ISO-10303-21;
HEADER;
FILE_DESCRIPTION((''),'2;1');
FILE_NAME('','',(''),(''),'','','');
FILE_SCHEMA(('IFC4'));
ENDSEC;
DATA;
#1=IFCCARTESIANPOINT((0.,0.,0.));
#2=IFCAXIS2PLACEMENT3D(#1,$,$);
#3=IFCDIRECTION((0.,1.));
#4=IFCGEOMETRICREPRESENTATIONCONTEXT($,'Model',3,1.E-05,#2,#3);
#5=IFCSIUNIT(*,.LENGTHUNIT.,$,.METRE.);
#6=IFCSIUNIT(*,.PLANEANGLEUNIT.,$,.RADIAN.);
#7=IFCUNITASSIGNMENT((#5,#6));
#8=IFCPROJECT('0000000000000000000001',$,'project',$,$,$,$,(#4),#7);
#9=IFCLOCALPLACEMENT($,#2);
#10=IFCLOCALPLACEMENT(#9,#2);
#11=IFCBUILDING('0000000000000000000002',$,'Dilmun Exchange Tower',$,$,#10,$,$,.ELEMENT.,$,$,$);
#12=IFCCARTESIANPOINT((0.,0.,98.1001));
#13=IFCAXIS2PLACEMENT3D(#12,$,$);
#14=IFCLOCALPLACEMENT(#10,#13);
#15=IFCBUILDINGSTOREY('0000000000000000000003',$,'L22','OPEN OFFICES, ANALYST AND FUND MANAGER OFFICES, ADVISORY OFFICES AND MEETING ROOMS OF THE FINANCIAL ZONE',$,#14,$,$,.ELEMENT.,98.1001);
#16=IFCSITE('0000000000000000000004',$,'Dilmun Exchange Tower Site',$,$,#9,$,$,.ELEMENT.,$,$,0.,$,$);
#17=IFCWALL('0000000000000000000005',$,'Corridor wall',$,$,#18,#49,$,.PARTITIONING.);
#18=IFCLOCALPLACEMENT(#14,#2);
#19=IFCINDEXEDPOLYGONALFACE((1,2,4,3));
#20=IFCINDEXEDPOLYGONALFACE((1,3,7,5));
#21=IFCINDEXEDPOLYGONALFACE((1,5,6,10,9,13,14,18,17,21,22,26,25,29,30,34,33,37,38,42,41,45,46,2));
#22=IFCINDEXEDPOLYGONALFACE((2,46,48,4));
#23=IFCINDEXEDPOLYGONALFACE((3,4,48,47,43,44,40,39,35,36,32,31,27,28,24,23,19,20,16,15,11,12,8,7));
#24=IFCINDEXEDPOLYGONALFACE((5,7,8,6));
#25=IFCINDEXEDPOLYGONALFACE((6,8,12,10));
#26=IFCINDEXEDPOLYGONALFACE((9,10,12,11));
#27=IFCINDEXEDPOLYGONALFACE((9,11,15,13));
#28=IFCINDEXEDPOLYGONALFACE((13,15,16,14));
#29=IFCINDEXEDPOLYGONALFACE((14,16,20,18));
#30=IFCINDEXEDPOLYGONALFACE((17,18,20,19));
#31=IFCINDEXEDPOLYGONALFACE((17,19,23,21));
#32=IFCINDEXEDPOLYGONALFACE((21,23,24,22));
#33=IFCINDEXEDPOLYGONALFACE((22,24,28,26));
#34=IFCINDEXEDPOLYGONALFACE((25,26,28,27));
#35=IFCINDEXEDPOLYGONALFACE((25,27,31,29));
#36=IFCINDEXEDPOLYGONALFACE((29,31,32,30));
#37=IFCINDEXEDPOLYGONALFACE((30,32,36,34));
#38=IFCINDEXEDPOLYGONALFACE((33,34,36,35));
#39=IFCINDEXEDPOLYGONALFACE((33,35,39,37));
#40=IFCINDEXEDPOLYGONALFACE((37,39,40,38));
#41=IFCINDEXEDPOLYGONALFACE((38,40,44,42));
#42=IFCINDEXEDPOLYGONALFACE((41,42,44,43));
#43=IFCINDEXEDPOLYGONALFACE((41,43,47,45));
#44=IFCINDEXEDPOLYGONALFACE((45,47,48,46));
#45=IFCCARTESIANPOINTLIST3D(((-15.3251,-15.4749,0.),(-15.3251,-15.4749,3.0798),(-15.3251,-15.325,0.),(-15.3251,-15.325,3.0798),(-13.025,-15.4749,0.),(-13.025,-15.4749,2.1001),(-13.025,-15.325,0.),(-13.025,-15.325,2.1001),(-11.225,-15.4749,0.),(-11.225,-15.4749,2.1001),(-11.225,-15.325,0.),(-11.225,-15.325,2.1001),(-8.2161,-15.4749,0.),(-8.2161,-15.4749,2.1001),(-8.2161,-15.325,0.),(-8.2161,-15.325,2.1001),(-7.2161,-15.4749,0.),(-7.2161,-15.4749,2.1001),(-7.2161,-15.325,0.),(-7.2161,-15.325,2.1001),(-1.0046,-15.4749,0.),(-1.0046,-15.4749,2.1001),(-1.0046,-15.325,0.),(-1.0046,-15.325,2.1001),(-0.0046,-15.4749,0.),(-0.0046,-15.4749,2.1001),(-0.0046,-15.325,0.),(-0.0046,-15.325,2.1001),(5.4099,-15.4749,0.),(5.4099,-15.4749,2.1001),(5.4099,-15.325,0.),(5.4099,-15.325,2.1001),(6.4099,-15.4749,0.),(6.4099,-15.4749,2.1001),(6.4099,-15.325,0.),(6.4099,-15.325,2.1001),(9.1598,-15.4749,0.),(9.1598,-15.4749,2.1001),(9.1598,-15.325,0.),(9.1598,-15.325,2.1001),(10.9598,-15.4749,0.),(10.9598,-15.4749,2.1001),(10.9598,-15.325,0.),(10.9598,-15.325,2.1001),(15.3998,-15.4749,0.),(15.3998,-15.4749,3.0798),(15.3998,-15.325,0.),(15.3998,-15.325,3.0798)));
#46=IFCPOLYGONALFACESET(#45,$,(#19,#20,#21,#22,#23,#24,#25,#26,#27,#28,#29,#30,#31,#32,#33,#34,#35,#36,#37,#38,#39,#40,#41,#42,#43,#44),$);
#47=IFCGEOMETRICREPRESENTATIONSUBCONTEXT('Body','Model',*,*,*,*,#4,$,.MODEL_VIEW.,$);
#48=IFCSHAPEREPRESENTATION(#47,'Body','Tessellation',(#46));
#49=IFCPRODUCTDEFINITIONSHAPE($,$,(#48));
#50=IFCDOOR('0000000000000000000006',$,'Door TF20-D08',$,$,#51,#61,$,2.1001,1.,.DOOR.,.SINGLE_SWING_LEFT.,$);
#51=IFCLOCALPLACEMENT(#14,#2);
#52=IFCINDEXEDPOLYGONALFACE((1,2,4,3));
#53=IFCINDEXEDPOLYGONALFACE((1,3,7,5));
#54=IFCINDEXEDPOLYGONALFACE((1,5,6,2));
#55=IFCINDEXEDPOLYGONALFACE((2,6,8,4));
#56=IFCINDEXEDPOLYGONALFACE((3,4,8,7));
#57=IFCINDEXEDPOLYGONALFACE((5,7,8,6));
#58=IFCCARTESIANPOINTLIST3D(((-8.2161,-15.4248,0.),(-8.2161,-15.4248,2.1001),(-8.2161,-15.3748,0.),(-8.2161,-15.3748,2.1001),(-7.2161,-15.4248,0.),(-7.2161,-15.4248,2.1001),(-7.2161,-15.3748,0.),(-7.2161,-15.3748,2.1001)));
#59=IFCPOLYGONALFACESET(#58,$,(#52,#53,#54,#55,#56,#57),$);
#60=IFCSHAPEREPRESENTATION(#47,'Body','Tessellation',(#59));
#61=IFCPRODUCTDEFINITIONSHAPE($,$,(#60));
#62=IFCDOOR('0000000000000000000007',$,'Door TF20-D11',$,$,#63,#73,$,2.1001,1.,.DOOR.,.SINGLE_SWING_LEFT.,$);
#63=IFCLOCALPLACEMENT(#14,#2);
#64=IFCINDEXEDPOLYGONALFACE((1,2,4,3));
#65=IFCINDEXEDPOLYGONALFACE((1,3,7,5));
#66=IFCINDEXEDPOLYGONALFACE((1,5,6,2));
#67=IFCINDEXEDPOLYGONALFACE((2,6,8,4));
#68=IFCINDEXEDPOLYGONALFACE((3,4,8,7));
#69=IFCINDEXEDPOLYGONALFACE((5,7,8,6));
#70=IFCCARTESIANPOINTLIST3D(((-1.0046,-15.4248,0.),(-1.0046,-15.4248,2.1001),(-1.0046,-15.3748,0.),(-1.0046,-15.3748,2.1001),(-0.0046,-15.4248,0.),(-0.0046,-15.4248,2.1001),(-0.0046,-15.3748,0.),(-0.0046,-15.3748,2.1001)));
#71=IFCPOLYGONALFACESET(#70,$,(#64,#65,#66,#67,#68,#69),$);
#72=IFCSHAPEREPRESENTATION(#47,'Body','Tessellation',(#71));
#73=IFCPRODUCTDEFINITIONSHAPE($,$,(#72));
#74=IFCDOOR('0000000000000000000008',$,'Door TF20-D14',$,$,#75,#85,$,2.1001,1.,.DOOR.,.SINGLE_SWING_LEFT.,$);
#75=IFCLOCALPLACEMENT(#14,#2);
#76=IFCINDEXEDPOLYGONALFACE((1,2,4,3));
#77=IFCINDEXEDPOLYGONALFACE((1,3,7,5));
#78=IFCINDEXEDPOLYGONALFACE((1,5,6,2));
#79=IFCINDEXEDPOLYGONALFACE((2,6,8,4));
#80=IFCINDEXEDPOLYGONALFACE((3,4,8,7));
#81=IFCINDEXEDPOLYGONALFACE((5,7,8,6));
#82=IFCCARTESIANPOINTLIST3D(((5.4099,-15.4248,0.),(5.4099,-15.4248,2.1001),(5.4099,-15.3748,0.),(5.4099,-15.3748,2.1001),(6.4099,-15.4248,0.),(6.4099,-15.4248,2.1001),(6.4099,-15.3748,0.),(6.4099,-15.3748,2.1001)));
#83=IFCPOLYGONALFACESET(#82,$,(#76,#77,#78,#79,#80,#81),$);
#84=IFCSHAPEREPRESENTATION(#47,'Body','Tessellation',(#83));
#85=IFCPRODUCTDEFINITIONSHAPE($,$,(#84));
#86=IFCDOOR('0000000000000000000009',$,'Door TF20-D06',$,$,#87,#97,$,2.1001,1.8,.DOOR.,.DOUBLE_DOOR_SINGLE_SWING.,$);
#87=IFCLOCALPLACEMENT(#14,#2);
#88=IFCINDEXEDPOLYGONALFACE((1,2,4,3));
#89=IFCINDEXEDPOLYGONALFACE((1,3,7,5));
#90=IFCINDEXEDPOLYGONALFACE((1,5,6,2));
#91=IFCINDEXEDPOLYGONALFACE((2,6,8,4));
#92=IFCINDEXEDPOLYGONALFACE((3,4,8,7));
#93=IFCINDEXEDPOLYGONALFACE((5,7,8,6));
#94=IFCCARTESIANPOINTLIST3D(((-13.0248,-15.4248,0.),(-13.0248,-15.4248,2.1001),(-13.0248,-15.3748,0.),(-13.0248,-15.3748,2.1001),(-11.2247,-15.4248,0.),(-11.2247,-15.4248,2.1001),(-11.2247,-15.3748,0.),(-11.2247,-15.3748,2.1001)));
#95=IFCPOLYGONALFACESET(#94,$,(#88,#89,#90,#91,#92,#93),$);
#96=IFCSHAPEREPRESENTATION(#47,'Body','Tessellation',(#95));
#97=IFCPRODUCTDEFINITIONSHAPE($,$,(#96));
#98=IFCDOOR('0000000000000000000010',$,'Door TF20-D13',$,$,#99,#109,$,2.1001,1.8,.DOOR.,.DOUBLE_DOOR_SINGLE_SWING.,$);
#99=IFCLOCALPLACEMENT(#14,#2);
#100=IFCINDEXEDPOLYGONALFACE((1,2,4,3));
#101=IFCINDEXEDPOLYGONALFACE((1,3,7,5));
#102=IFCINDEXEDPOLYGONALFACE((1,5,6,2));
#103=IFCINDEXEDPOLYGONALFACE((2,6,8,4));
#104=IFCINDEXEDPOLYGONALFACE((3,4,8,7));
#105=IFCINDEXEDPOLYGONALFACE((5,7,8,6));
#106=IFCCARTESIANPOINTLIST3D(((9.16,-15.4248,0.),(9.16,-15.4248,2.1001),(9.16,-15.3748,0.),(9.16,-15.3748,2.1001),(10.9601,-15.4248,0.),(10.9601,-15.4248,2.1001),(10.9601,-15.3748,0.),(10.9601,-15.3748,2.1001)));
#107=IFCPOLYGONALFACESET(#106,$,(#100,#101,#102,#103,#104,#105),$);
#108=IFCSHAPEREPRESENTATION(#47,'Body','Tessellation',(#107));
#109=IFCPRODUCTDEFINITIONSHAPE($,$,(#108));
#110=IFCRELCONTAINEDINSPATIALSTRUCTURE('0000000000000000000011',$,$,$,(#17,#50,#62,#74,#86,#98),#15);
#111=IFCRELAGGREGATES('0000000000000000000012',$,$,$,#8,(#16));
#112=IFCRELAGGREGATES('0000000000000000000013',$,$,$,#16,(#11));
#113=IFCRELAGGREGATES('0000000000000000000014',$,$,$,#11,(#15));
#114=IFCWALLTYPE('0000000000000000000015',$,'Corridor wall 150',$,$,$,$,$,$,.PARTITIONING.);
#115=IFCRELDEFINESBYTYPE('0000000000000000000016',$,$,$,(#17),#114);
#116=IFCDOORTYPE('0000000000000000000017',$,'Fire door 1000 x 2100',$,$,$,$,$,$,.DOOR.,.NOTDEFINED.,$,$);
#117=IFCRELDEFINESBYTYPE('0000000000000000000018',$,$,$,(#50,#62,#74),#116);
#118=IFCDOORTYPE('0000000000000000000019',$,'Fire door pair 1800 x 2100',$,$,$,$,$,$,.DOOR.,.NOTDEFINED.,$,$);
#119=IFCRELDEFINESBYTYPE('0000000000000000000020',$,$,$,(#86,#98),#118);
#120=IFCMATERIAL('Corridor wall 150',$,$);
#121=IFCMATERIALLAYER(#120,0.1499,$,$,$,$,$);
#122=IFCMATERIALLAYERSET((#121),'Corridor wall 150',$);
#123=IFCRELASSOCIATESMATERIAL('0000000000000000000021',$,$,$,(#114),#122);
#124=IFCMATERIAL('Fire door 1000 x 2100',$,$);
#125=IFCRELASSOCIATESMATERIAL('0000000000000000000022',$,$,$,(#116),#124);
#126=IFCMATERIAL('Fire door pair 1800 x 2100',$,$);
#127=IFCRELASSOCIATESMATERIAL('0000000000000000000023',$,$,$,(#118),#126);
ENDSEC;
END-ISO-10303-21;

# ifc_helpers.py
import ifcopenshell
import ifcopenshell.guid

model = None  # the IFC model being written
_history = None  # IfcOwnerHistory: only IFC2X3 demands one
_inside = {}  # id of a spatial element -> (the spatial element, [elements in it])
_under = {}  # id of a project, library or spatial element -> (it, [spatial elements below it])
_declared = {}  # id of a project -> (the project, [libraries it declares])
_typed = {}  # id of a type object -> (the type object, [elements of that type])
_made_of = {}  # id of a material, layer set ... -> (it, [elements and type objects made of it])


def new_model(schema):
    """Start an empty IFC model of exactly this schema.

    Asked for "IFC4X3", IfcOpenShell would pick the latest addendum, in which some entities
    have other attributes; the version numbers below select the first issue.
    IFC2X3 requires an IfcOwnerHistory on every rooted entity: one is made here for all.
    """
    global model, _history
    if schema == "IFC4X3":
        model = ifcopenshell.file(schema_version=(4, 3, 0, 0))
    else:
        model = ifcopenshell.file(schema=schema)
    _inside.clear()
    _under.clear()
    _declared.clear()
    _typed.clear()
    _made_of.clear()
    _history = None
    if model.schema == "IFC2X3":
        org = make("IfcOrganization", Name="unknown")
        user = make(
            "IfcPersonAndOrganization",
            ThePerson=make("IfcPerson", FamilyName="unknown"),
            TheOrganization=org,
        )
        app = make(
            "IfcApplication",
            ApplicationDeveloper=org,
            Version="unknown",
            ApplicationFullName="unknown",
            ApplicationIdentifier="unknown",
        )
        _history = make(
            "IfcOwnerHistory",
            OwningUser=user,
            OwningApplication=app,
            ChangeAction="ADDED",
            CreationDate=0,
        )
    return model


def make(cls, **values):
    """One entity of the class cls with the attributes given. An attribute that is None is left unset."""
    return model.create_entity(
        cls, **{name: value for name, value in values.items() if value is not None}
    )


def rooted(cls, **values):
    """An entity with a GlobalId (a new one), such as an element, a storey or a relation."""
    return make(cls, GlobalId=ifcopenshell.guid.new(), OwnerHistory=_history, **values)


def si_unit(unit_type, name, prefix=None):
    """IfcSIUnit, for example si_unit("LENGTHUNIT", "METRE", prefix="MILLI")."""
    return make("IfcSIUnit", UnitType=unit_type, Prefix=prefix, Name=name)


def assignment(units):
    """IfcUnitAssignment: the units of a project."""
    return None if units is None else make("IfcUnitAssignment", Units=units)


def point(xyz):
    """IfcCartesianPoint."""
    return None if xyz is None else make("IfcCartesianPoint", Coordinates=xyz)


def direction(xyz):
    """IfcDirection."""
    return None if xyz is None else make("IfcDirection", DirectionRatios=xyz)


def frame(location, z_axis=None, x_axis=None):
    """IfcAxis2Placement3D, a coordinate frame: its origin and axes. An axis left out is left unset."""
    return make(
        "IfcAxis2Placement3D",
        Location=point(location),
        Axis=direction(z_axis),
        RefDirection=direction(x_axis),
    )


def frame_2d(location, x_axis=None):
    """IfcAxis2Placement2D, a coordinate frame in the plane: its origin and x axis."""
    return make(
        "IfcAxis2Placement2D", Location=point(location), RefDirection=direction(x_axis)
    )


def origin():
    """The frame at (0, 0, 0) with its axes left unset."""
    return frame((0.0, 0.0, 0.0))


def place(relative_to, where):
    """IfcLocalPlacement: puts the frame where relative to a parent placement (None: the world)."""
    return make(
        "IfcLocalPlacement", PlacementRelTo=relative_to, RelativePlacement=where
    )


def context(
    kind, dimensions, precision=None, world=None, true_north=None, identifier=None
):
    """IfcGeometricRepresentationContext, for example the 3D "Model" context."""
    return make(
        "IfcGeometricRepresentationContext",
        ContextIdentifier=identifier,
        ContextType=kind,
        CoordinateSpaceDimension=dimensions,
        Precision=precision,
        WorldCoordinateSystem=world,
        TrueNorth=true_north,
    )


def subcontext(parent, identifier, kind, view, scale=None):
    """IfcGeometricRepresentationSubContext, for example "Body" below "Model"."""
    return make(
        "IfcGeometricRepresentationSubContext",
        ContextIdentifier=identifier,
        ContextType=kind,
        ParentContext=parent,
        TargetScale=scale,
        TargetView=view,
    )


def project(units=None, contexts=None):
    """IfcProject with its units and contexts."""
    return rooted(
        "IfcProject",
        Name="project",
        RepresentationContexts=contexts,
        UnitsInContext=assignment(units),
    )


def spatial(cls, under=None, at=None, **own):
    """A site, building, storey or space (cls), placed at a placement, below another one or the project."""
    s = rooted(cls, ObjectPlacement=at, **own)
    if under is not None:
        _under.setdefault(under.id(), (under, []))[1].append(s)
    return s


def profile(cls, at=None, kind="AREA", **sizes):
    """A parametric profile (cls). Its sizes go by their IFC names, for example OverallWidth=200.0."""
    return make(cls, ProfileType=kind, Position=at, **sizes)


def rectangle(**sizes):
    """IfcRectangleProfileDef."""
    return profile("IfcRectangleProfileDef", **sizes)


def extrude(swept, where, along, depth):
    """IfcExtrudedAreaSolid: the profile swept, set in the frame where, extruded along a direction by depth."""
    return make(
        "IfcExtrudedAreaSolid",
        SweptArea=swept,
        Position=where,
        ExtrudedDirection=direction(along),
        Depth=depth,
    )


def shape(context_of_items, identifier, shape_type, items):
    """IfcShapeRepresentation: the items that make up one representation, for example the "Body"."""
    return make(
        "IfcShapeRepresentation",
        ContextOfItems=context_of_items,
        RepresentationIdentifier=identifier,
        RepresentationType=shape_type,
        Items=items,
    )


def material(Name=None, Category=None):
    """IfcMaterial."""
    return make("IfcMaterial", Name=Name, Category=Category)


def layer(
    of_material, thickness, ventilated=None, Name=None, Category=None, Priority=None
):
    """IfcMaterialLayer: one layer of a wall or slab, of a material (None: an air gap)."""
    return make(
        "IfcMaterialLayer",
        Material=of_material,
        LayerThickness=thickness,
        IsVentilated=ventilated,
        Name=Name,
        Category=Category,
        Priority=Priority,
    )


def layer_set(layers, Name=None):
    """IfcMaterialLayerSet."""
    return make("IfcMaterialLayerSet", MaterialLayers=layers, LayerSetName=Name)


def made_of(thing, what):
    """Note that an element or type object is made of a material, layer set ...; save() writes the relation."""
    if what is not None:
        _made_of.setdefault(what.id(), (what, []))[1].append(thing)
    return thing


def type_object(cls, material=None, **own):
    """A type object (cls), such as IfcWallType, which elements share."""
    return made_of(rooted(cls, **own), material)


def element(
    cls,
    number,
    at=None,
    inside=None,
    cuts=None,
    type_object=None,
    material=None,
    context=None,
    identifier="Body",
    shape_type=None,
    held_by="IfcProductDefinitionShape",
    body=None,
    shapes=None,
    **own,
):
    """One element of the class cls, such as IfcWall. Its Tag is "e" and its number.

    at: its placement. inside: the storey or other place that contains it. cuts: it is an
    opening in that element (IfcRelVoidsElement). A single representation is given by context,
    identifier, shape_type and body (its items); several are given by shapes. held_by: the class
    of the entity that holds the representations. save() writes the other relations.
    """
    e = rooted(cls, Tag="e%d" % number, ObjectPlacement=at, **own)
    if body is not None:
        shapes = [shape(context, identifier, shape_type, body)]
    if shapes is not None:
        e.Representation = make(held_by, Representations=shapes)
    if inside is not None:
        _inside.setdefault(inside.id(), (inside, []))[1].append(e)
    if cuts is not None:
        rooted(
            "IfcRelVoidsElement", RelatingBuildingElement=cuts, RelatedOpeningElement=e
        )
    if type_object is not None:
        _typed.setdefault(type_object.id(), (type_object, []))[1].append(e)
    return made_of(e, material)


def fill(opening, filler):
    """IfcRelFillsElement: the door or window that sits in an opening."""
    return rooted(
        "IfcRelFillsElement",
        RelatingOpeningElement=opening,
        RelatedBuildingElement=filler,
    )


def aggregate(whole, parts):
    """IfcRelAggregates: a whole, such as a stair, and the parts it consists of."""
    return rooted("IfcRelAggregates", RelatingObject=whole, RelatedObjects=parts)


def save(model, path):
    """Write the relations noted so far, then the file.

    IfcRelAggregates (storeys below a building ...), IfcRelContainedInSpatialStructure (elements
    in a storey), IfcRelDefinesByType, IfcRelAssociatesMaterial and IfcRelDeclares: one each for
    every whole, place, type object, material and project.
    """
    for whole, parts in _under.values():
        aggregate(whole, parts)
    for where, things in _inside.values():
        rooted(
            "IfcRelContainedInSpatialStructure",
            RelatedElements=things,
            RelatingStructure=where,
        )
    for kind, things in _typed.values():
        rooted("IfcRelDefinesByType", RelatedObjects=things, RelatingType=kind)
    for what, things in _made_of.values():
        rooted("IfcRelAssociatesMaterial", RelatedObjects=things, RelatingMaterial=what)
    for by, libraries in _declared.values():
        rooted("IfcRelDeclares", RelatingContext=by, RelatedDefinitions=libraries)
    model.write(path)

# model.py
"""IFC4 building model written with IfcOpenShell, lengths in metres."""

from ifc_helpers import new_model, si_unit, direction, frame, frame_2d, origin, place, context, subcontext, project, spatial, rectangle, extrude, material, layer, layer_set, type_object, element, fill, save


model = new_model("IFC4")

# Units and contexts
model_context = context("Model", 3, precision=1e-05, world=origin(), true_north=direction((0.0, 1.0)))
body_context = subcontext(model_context, "Body", "Model", "MODEL_VIEW")
ifc_project = project(units=[si_unit("LENGTHUNIT", "METRE"), si_unit("PLANEANGLEUNIT", "RADIAN")], contexts=[model_context])

# Site, building, storey
site_placement = place(None, origin())
site = spatial("IfcSite", under=ifc_project, at=site_placement, Name="Dilmun Exchange Tower Site", CompositionType="ELEMENT", RefElevation=0.0)
building_placement = place(site_placement, origin())
building = spatial("IfcBuilding", under=site, at=building_placement, Name="Dilmun Exchange Tower", CompositionType="ELEMENT")
storey_placement = place(building_placement, frame((0.0, 0.0, 98.1001)))
storey = spatial("IfcBuildingStorey", under=building, at=storey_placement, Name="L22", Description="OPEN OFFICES, ANALYST AND FUND MANAGER OFFICES, ADVISORY OFFICES AND MEETING ROOMS OF THE FINANCIAL ZONE", CompositionType="ELEMENT", Elevation=98.1001)

# Wall, openings, doors
ifc_material_1 = material(Name="Corridor wall 150")
ifc_layer = layer(ifc_material_1, 0.1499)
ifc_layer_set = layer_set([ifc_layer], Name="Corridor wall 150")
wall_type = type_object("IfcWallType", Name="Corridor wall 150", PredefinedType="PARTITIONING", material=ifc_layer_set)
ifc_material_2 = material(Name="Fire door 1000 x 2100")
door_type_1 = type_object("IfcDoorType", Name="Fire door 1000 x 2100", OperationType="NOTDEFINED", PredefinedType="DOOR", material=ifc_material_2)
ifc_material_3 = material(Name="Fire door pair 1800 x 2100")
door_type_2 = type_object("IfcDoorType", Name="Fire door pair 1800 x 2100", OperationType="NOTDEFINED", PredefinedType="DOOR", material=ifc_material_3)
wall_1_placement = place(storey_placement, frame((-15.325, -15.3999, 0.0), z_axis=(0.0, 0.0, 1.0), x_axis=(1.0, 0.0, 0.0)))
wall_1 = element("IfcWall", 1, at=wall_1_placement, inside=storey, type_object=wall_type, Name="Corridor wall", PredefinedType="PARTITIONING", context=body_context, shape_type="SweptSolid", body=[
    extrude(rectangle(XDim=30.7249, YDim=0.1499, at=frame_2d((15.3623, 0.0))), origin(), (0.0, 0.0, 1.0), 3.0798),
])
opening_1_placement = place(wall_1_placement, frame((2.3, 0.0, 0.0)))
opening_1 = element("IfcOpeningElement", 2, at=opening_1_placement, cuts=wall_1, PredefinedType="OPENING", context=body_context, shape_type="SweptSolid", body=[
    extrude(rectangle(XDim=1.8, YDim=2.1001, at=frame_2d((0.8999, 1.05))), frame((0.0, 0.085, 0.0), z_axis=(0.0, -1.0, 0.0), x_axis=(1.0, 0.0, 0.0)), (0.0, 0.0, 1.0), 0.1699),
])
opening_2_placement = place(wall_1_placement, frame((7.1089, 0.0, 0.0)))
opening_2 = element("IfcOpeningElement", 3, at=opening_2_placement, cuts=wall_1, PredefinedType="OPENING", context=body_context, shape_type="SweptSolid", body=[
    extrude(rectangle(XDim=1.0, YDim=2.1001, at=frame_2d((0.5, 1.05))), frame((0.0, 0.085, 0.0), z_axis=(0.0, -1.0, 0.0), x_axis=(1.0, 0.0, 0.0)), (0.0, 0.0, 1.0), 0.1699),
])
opening_3_placement = place(wall_1_placement, frame((14.3203, 0.0, 0.0)))
opening_3 = element("IfcOpeningElement", 4, at=opening_3_placement, cuts=wall_1, PredefinedType="OPENING", context=body_context, shape_type="SweptSolid", body=[
    extrude(rectangle(XDim=1.0, YDim=2.1001, at=frame_2d((0.5, 1.05))), frame((0.0, 0.085, 0.0), z_axis=(0.0, -1.0, 0.0), x_axis=(1.0, 0.0, 0.0)), (0.0, 0.0, 1.0), 0.1699),
])
opening_4_placement = place(wall_1_placement, frame((24.4849, 0.0, 0.0)))
opening_4 = element("IfcOpeningElement", 5, at=opening_4_placement, cuts=wall_1, PredefinedType="OPENING", context=body_context, shape_type="SweptSolid", body=[
    extrude(rectangle(XDim=1.8, YDim=2.1001, at=frame_2d((0.8999, 1.05))), frame((0.0, 0.085, 0.0), z_axis=(0.0, -1.0, 0.0), x_axis=(1.0, 0.0, 0.0)), (0.0, 0.0, 1.0), 0.1699),
])
opening_5_placement = place(wall_1_placement, frame((20.7349, 0.0, 0.0)))
opening_5 = element("IfcOpeningElement", 6, at=opening_5_placement, cuts=wall_1, PredefinedType="OPENING", context=body_context, shape_type="SweptSolid", body=[
    extrude(rectangle(XDim=1.0, YDim=2.1001, at=frame_2d((0.5, 1.05))), frame((0.0, 0.085, 0.0), z_axis=(0.0, -1.0, 0.0), x_axis=(1.0, 0.0, 0.0)), (0.0, 0.0, 1.0), 0.1699),
])
door_1_placement = place(opening_2_placement, frame((1.0, 0.0, 0.0), z_axis=(0.0, 0.0, 1.0), x_axis=(-1.0, 0.0, 0.0)))
door_1 = element("IfcDoor", 7, at=door_1_placement, inside=storey, type_object=door_type_1, Name="Door TF20-D08", OperationType="SINGLE_SWING_LEFT", OverallHeight=2.1001, OverallWidth=1.0, PredefinedType="DOOR", context=body_context, shape_type="SweptSolid", body=[
    extrude(rectangle(XDim=1.0, YDim=2.1001, at=frame_2d((0.5, 1.05))), frame((0.0, 0.0249, 0.0), z_axis=(0.0, -1.0, 0.0), x_axis=(1.0, 0.0, 0.0)), (0.0, 0.0, 1.0), 0.05),
])
fill(opening_2, door_1)
door_2_placement = place(opening_3_placement, frame((1.0, 0.0, 0.0), z_axis=(0.0, 0.0, 1.0), x_axis=(-1.0, 0.0, 0.0)))
door_2 = element("IfcDoor", 8, at=door_2_placement, inside=storey, type_object=door_type_1, Name="Door TF20-D11", OperationType="SINGLE_SWING_LEFT", OverallHeight=2.1001, OverallWidth=1.0, PredefinedType="DOOR", context=body_context, shape_type="SweptSolid", body=[
    extrude(rectangle(XDim=1.0, YDim=2.1001, at=frame_2d((0.5, 1.05))), frame((0.0, 0.0249, 0.0), z_axis=(0.0, -1.0, 0.0), x_axis=(1.0, 0.0, 0.0)), (0.0, 0.0, 1.0), 0.05),
])
fill(opening_3, door_2)
door_3_placement = place(opening_5_placement, frame((1.0, 0.0, 0.0), z_axis=(0.0, 0.0, 1.0), x_axis=(-1.0, 0.0, 0.0)))
door_3 = element("IfcDoor", 9, at=door_3_placement, inside=storey, type_object=door_type_1, Name="Door TF20-D14", OperationType="SINGLE_SWING_LEFT", OverallHeight=2.1001, OverallWidth=1.0, PredefinedType="DOOR", context=body_context, shape_type="SweptSolid", body=[
    extrude(rectangle(XDim=1.0, YDim=2.1001, at=frame_2d((0.5, 1.05))), frame((0.0, 0.0249, 0.0), z_axis=(0.0, -1.0, 0.0), x_axis=(1.0, 0.0, 0.0)), (0.0, 0.0, 1.0), 0.05),
])
fill(opening_5, door_3)
door_4_placement = place(opening_1_placement, frame((1.8, 0.0, 0.0), z_axis=(0.0, 0.0, 1.0), x_axis=(-1.0, 0.0, 0.0)))
door_4 = element("IfcDoor", 10, at=door_4_placement, inside=storey, type_object=door_type_2, Name="Door TF20-D06", OperationType="DOUBLE_DOOR_SINGLE_SWING", OverallHeight=2.1001, OverallWidth=1.8, PredefinedType="DOOR", context=body_context, shape_type="SweptSolid", body=[
    extrude(rectangle(XDim=1.8, YDim=2.1001, at=frame_2d((0.8999, 1.05))), frame((0.0, 0.0249, 0.0), z_axis=(0.0, -1.0, 0.0), x_axis=(1.0, 0.0, 0.0)), (0.0, 0.0, 1.0), 0.05),
])
fill(opening_1, door_4)
door_5_placement = place(opening_4_placement, frame((1.8, 0.0, 0.0), z_axis=(0.0, 0.0, 1.0), x_axis=(-1.0, 0.0, 0.0)))
door_5 = element("IfcDoor", 11, at=door_5_placement, inside=storey, type_object=door_type_2, Name="Door TF20-D13", OperationType="DOUBLE_DOOR_SINGLE_SWING", OverallHeight=2.1001, OverallWidth=1.8, PredefinedType="DOOR", context=body_context, shape_type="SweptSolid", body=[
    extrude(rectangle(XDim=1.8, YDim=2.1001, at=frame_2d((0.8999, 1.05))), frame((0.0, 0.0249, 0.0), z_axis=(0.0, -1.0, 0.0), x_axis=(1.0, 0.0, 0.0)), (0.0, 0.0, 1.0), 0.05),
])
fill(opening_4, door_5)

save(model, "model.ifc")
